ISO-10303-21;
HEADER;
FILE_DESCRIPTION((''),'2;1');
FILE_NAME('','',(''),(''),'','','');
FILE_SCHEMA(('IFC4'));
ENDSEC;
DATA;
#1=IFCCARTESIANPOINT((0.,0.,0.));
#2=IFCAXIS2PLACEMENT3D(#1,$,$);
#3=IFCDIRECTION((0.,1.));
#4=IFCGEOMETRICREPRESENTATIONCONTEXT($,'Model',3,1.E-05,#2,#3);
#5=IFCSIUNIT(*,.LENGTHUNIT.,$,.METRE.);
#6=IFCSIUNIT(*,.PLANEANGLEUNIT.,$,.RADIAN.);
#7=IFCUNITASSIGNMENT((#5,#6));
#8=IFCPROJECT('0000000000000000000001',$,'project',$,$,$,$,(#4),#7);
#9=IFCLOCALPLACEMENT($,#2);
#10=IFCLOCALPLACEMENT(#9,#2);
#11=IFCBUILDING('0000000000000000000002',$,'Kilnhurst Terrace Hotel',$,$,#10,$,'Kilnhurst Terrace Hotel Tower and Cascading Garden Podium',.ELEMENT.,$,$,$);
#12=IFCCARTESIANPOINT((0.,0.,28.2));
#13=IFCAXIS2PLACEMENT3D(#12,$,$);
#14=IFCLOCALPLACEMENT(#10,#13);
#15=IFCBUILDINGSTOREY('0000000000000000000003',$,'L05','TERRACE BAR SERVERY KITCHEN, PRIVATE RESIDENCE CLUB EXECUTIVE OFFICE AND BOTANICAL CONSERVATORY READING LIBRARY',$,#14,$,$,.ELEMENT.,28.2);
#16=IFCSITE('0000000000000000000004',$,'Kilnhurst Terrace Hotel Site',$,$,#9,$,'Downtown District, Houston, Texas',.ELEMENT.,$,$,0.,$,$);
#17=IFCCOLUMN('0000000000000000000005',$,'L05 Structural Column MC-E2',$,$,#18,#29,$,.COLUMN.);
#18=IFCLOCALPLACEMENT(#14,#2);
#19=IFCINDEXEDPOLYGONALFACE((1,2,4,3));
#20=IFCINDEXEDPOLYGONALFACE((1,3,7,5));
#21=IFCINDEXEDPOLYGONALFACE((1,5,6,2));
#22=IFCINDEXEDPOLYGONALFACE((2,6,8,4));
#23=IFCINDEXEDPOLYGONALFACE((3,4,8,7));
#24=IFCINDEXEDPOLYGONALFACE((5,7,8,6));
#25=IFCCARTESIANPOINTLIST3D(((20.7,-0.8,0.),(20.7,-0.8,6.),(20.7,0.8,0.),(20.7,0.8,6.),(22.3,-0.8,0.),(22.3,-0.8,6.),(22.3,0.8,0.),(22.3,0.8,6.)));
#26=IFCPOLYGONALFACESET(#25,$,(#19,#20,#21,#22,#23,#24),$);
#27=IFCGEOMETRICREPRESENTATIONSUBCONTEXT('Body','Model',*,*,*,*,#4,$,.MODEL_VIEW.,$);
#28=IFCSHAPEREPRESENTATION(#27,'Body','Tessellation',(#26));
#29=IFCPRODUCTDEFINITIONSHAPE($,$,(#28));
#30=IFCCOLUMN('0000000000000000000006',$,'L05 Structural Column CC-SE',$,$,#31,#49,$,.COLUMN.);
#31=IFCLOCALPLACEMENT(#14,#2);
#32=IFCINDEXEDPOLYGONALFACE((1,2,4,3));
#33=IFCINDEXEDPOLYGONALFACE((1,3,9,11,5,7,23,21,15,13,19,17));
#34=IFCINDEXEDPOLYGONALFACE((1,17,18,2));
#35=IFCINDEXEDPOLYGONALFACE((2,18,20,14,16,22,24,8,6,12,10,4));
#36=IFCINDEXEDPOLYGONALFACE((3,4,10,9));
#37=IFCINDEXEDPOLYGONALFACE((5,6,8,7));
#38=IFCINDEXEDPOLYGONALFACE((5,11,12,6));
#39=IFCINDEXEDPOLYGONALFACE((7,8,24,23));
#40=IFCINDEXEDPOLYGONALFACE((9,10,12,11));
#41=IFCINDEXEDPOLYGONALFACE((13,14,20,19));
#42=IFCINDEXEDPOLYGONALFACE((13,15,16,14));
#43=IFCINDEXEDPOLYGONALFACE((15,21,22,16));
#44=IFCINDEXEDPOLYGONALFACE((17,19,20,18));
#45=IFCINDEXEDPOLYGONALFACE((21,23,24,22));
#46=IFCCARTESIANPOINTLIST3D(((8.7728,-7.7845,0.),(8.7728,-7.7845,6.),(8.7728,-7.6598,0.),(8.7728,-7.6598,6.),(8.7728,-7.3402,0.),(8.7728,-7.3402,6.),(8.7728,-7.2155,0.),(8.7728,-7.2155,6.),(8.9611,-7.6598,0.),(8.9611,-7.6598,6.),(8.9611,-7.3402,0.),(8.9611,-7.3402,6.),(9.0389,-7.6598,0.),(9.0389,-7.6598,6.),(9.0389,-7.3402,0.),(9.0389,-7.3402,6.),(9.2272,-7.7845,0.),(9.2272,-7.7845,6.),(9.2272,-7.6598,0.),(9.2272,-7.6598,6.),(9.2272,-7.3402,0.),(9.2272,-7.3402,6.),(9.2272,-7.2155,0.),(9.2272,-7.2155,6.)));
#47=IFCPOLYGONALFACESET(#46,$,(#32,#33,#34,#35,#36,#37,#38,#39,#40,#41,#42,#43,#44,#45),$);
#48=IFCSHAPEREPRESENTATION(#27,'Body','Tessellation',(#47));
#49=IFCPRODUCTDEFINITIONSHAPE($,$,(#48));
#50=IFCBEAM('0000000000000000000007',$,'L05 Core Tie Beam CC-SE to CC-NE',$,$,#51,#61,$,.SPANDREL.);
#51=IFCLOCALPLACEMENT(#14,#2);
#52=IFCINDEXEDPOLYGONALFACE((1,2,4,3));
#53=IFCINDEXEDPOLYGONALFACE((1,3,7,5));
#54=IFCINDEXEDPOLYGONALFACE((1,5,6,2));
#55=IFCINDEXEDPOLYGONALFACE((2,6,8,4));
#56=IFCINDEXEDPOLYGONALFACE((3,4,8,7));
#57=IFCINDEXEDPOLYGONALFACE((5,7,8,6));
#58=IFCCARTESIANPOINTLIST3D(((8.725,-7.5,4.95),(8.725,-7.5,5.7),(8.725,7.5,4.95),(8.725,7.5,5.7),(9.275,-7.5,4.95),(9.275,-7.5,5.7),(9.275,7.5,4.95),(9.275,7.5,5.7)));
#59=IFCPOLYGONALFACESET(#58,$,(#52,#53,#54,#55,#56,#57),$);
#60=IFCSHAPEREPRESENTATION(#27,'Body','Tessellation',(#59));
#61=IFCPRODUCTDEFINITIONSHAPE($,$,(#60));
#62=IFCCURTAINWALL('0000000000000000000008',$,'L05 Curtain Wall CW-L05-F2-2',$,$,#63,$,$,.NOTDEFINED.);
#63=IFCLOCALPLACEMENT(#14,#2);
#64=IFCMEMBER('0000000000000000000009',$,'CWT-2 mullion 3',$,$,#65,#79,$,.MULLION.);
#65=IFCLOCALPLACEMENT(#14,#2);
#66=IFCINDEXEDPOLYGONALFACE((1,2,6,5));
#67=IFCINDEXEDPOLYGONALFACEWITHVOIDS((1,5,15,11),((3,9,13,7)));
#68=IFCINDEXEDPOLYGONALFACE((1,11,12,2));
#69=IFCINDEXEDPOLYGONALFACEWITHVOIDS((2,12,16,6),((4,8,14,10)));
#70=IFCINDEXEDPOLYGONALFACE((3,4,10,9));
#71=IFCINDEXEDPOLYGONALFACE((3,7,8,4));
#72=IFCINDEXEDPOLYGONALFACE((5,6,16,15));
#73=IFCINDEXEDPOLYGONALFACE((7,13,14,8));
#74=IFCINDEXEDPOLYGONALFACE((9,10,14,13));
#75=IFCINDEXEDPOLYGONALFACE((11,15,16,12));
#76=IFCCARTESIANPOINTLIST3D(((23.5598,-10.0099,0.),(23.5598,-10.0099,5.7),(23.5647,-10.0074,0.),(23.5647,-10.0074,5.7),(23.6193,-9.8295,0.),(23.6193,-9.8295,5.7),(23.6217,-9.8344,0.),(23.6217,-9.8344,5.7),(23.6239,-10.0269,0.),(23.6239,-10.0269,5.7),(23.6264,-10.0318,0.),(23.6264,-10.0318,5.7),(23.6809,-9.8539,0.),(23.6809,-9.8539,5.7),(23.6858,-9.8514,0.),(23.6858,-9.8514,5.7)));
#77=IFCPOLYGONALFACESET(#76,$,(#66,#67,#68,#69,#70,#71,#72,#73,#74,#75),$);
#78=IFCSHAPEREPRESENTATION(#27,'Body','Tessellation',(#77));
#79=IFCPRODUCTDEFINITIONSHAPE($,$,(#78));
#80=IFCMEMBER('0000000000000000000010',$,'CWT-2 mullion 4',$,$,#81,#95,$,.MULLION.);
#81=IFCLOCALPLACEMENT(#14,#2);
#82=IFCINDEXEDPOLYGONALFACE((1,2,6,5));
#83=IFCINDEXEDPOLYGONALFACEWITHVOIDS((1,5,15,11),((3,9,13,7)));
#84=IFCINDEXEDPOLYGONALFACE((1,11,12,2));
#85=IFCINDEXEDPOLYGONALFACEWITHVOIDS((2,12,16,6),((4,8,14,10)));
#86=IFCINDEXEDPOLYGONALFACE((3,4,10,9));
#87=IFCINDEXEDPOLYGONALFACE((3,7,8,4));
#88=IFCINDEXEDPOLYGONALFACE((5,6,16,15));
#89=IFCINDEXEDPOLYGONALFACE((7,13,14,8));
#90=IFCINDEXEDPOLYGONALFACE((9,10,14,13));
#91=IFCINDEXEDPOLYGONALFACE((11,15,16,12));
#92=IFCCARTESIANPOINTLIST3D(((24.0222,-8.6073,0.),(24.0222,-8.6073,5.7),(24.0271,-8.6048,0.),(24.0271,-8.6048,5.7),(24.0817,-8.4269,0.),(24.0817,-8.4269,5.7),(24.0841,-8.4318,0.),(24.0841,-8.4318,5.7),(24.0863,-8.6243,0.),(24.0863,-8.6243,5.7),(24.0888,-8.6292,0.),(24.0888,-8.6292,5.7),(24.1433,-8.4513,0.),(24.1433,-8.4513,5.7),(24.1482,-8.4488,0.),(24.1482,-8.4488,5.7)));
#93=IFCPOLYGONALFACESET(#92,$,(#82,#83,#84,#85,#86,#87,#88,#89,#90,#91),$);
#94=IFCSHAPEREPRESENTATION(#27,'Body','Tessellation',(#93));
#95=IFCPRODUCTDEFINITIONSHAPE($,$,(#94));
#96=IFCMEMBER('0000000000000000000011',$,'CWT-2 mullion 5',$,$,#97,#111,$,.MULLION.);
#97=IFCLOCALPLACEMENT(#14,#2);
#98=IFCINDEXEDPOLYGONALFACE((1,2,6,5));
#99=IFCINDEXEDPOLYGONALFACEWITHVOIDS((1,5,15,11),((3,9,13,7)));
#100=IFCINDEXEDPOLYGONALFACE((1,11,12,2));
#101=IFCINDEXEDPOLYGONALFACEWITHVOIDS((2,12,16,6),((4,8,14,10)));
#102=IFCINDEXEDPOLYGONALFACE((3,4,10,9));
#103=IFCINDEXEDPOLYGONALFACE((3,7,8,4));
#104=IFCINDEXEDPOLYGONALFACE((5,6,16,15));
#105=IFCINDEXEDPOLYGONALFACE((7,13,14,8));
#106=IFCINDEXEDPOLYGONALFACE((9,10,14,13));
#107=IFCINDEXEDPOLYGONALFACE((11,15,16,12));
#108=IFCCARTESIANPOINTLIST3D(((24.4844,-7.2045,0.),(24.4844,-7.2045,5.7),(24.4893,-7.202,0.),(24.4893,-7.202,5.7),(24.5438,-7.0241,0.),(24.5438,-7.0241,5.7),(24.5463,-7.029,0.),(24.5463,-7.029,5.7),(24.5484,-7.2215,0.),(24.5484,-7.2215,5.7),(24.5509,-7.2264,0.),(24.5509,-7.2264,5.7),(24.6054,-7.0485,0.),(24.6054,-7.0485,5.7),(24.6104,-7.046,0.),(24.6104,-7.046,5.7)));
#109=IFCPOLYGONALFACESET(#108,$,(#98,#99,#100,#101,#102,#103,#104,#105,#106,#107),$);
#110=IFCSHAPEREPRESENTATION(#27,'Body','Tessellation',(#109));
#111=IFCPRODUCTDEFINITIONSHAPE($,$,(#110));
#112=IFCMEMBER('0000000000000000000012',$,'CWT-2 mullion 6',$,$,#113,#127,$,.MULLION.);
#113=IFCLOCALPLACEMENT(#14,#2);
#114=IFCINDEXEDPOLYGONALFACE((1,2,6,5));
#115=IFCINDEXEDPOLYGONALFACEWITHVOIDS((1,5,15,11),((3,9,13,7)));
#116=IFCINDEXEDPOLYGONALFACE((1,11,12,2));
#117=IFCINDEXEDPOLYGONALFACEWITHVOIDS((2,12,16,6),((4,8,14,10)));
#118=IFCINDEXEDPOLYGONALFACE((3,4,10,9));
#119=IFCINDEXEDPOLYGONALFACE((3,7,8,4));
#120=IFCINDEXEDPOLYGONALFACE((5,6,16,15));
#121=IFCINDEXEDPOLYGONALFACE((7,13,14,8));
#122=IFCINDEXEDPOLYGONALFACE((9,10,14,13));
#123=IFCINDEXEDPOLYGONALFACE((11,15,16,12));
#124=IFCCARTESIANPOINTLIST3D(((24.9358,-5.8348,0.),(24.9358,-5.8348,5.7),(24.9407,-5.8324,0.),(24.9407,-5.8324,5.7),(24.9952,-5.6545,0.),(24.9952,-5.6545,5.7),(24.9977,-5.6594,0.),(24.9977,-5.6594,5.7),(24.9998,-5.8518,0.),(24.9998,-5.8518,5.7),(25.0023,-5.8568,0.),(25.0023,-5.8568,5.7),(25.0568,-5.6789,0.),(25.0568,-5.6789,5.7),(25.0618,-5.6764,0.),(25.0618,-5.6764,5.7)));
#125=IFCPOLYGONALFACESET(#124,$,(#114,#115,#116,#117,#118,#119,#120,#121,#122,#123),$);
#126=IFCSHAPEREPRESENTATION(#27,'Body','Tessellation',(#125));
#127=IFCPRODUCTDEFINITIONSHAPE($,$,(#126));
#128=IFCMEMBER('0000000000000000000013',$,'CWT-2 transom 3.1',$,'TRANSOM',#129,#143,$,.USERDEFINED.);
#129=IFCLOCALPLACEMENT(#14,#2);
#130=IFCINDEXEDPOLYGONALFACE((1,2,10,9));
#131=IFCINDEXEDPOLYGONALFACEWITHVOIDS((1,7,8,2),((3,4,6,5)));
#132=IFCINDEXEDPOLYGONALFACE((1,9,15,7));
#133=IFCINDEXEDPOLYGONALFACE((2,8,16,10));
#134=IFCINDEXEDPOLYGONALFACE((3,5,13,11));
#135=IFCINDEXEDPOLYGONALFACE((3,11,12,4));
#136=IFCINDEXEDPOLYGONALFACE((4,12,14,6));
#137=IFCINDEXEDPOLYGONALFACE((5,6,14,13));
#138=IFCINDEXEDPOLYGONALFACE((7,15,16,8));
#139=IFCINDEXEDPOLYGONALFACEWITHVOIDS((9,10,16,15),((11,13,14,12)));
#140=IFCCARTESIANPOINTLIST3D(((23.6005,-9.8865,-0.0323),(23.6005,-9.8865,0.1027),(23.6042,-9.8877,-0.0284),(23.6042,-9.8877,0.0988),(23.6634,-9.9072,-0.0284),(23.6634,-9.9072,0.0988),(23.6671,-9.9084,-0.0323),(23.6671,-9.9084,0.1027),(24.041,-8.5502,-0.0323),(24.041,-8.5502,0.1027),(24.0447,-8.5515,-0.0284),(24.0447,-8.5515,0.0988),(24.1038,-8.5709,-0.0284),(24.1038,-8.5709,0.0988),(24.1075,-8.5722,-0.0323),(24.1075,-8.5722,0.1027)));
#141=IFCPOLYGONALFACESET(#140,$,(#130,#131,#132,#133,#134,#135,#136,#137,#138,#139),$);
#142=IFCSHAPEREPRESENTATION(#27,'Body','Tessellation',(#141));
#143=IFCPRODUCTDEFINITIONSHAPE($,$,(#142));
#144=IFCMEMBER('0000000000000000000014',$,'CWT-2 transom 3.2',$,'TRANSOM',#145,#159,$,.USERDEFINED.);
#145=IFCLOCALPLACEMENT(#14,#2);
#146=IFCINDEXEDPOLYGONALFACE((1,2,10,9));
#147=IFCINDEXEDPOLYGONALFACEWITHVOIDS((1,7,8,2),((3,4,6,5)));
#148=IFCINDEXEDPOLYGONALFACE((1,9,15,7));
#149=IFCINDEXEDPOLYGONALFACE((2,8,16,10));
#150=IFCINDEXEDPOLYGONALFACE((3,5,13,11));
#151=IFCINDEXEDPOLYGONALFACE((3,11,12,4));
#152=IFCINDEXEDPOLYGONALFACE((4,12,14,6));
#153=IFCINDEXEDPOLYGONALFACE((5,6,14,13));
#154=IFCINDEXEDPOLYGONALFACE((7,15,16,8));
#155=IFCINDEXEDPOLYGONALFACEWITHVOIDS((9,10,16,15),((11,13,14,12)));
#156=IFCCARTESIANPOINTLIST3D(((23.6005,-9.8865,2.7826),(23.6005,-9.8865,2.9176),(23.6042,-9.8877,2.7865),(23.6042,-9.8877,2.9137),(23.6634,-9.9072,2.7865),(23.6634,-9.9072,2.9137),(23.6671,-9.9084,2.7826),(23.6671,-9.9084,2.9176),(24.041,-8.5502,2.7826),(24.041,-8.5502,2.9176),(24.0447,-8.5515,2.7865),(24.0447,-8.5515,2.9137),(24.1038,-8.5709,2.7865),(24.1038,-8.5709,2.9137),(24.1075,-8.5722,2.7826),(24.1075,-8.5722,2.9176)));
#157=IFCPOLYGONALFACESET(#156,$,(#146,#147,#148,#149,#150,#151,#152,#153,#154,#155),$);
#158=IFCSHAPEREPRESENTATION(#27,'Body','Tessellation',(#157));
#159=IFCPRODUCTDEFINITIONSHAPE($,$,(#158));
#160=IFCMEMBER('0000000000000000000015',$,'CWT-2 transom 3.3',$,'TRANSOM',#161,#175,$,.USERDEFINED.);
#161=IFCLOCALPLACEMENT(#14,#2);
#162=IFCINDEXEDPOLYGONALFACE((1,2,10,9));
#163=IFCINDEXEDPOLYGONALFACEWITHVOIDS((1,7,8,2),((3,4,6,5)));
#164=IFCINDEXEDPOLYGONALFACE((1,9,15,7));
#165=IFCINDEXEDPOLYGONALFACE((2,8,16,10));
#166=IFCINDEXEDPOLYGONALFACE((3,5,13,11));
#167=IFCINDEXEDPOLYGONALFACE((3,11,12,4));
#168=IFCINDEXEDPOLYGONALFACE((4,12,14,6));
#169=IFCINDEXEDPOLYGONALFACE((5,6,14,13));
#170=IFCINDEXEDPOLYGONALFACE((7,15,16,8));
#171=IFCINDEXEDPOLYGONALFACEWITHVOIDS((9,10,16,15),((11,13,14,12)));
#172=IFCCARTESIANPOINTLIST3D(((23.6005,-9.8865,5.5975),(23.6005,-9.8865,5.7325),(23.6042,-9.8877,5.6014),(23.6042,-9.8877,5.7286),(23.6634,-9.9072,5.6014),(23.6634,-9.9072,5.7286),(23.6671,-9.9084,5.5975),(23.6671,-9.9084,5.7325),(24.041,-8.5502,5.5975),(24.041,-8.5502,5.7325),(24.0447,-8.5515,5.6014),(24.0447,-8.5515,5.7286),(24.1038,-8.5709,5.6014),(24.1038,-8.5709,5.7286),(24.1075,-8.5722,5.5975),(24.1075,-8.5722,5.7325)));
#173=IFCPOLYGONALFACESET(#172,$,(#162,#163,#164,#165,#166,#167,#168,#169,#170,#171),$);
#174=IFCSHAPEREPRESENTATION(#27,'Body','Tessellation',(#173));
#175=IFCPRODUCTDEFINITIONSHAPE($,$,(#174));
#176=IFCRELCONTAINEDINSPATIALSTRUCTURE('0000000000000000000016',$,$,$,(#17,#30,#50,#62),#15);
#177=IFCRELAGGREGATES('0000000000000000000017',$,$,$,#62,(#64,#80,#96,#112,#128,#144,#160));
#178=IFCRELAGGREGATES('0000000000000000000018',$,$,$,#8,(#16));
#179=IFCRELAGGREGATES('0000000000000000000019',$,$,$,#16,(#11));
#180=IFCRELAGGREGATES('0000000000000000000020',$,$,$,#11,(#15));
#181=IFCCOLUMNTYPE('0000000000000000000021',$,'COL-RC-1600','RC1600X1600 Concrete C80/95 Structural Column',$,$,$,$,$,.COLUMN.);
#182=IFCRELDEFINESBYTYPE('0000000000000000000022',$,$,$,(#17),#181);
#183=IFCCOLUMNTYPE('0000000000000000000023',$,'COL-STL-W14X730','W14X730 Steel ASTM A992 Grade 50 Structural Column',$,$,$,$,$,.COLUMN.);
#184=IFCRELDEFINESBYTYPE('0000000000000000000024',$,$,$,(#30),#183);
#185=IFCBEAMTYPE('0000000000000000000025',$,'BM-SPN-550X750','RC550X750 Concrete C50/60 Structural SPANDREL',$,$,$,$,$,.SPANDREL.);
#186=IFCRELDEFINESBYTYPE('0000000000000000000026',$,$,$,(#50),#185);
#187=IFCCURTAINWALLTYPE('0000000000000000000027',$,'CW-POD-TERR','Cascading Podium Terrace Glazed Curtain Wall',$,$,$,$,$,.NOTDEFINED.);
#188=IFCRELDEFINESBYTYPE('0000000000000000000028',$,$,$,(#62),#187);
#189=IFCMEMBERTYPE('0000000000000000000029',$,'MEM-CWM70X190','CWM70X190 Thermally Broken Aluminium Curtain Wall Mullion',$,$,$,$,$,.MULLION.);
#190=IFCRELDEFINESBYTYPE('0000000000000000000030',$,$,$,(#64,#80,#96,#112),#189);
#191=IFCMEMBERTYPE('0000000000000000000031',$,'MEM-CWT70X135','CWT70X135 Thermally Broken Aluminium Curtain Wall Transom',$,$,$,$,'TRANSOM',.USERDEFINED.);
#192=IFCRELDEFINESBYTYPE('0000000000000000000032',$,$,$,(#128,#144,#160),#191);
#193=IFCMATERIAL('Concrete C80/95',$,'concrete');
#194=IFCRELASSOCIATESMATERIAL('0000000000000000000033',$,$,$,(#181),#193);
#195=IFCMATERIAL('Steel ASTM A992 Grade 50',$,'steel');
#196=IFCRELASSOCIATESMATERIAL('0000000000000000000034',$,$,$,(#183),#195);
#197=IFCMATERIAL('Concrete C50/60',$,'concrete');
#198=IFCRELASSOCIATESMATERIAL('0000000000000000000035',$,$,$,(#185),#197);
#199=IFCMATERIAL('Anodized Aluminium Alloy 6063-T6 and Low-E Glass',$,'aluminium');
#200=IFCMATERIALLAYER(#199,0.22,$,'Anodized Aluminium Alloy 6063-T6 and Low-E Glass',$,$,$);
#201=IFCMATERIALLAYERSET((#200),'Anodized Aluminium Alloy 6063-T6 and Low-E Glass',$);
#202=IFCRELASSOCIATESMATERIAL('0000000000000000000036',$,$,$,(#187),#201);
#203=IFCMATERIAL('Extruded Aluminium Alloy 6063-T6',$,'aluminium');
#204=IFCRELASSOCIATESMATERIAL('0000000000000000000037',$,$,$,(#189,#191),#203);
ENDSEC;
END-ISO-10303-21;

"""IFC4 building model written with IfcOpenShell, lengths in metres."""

from ifc_helpers import new_model, si_unit, direction, frame, origin, origin_2d, place, context, subcontext, project, spatial, rectangle, hollow_rectangle, i_section, extrude, material, layer, layer_set, material_profile, profile_set, type_object, element, aggregate, save


model = new_model("IFC4")

# Units and contexts
model_context = context("Model", 3, precision=1e-05, world=origin(), true_north=direction((0.0, 1.0)))
body_context = subcontext(model_context, "Body", "Model", "MODEL_VIEW")
ifc_project = project(units=[si_unit("LENGTHUNIT", "METRE"), si_unit("PLANEANGLEUNIT", "RADIAN")], contexts=[model_context])

# Site, building, storey
site_placement = place(None, origin())
site = spatial("IfcSite", under=ifc_project, at=site_placement, Name="Kilnhurst Terrace Hotel Site", LongName="Downtown District, Houston, Texas", CompositionType="ELEMENT", RefElevation=0.0)
building_placement = place(site_placement, origin())
building = spatial("IfcBuilding", under=site, at=building_placement, Name="Kilnhurst Terrace Hotel", LongName="Kilnhurst Terrace Hotel Tower and Cascading Garden Podium", CompositionType="ELEMENT")
storey_placement = place(building_placement, frame((0.0, 0.0, 28.2)))
storey = spatial("IfcBuildingStorey", under=building, at=storey_placement, Name="L05", Description="TERRACE BAR SERVERY KITCHEN, PRIVATE RESIDENCE CLUB EXECUTIVE OFFICE AND BOTANICAL CONSERVATORY READING LIBRARY", CompositionType="ELEMENT", Elevation=28.2)

# Columns
ifc_material_1 = material(Name="Concrete C80/95", Category="concrete")
ifc_material_profile_1 = material_profile(ifc_material_1, rectangle(XDim=1.6001, YDim=1.6001, at=origin_2d()), Name="RC1600X1600")
ifc_profile_set_1 = profile_set([ifc_material_profile_1], Name="Concrete C80/95")
column_type_1 = type_object("IfcColumnType", Name="COL-RC-1600", Description="RC1600X1600 Concrete C80/95 Structural Column", PredefinedType="COLUMN", material=ifc_profile_set_1)
column_1_placement = place(storey_placement, frame((21.5, 0.0, 0.0), z_axis=(0.0, 0.0, 1.0), x_axis=(1.0, 0.0, 0.0)))
element("IfcColumn", 1, at=column_1_placement, inside=storey, type_object=column_type_1, Name="L05 Structural Column MC-E2", PredefinedType="COLUMN", context=body_context, shape_type="SweptSolid", body=[
    extrude(rectangle(XDim=1.6001, YDim=1.6001, at=origin_2d()), origin(), (0.0, 0.0, 1.0), 6.0),
])
ifc_material_2 = material(Name="Steel ASTM A992 Grade 50", Category="steel")
ifc_material_profile_2 = material_profile(ifc_material_2, i_section(OverallWidth=0.4543, OverallDepth=0.5691, WebThickness=0.0779, FlangeThickness=0.1248, at=origin_2d()), Name="W14X730")
ifc_profile_set_2 = profile_set([ifc_material_profile_2], Name="Steel ASTM A992 Grade 50")
column_type_2 = type_object("IfcColumnType", Name="COL-STL-W14X730", Description="W14X730 Steel ASTM A992 Grade 50 Structural Column", PredefinedType="COLUMN", material=ifc_profile_set_2)
column_2_placement = place(storey_placement, frame((9.0, -7.5, 0.0), z_axis=(0.0, 0.0, 1.0), x_axis=(1.0, 0.0, 0.0)))
element("IfcColumn", 2, at=column_2_placement, inside=storey, type_object=column_type_2, Name="L05 Structural Column CC-SE", PredefinedType="COLUMN", context=body_context, shape_type="SweptSolid", body=[
    extrude(i_section(OverallWidth=0.4543, OverallDepth=0.5691, WebThickness=0.0779, FlangeThickness=0.1248, at=origin_2d()), origin(), (0.0, 0.0, 1.0), 6.0),
])

# Beam
ifc_material_3 = material(Name="Concrete C50/60", Category="concrete")
ifc_material_profile_3 = material_profile(ifc_material_3, rectangle(XDim=0.55, YDim=0.75, at=origin_2d()), Name="RC550X750")
ifc_profile_set_3 = profile_set([ifc_material_profile_3], Name="Concrete C50/60")
beam_type_1 = type_object("IfcBeamType", Name="BM-SPN-550X750", Description="RC550X750 Concrete C50/60 Structural SPANDREL", PredefinedType="SPANDREL", material=ifc_profile_set_3)
beam_1_placement = place(storey_placement, frame((9.0, -7.5, 5.325), z_axis=(0.0, 1.0, 0.0), x_axis=(-1.0, 0.0, 0.0)))
element("IfcBeam", 3, at=beam_1_placement, inside=storey, type_object=beam_type_1, Name="L05 Core Tie Beam CC-SE to CC-NE", PredefinedType="SPANDREL", context=body_context, shape_type="SweptSolid", body=[
    extrude(rectangle(XDim=0.55, YDim=0.75, at=origin_2d()), origin(), (0.0, 0.0, 1.0), 15.0),
])

# Curtain wall, members
ifc_material_4 = material(Name="Anodized Aluminium Alloy 6063-T6 and Low-E Glass", Category="aluminium")
ifc_layer_1 = layer(ifc_material_4, 0.22, Name="Anodized Aluminium Alloy 6063-T6 and Low-E Glass")
ifc_layer_set_1 = layer_set([ifc_layer_1], Name="Anodized Aluminium Alloy 6063-T6 and Low-E Glass")
curtain_wall_type = type_object("IfcCurtainWallType", Name="CW-POD-TERR", Description="Cascading Podium Terrace Glazed Curtain Wall", PredefinedType="NOTDEFINED", material=ifc_layer_set_1)
curtain_wall_placement = place(storey_placement, origin())
curtain_wall = element("IfcCurtainWall", 4, at=curtain_wall_placement, inside=storey, type_object=curtain_wall_type, Name="L05 Curtain Wall CW-L05-F2-2", PredefinedType="NOTDEFINED")
ifc_material_5 = material(Name="Extruded Aluminium Alloy 6063-T6", Category="aluminium")
ifc_material_profile_4 = material_profile(ifc_material_5, hollow_rectangle(XDim=0.0701, YDim=0.1899, WallThickness=0.0039, at=origin_2d()), Name="CWM70X190")
ifc_profile_set_4 = profile_set([ifc_material_profile_4], Name="Extruded Aluminium Alloy 6063-T6")
member_type_1 = type_object("IfcMemberType", Name="MEM-CWM70X190", Description="CWM70X190 Thermally Broken Aluminium Curtain Wall Mullion", PredefinedType="MULLION", material=ifc_profile_set_4)
member_1_placement = place(storey_placement, frame((23.6228, -9.9307, 0.0), z_axis=(0.0, 0.0, 1.0), x_axis=(-0.949757, 0.312988, 0.0)))
member_1 = element("IfcMember", 5, at=member_1_placement, type_object=member_type_1, Name="CWT-2 mullion 3", PredefinedType="MULLION", context=body_context, shape_type="SweptSolid", body=[
    extrude(hollow_rectangle(XDim=0.0701, YDim=0.1899, WallThickness=0.0039, at=origin_2d()), origin(), (0.0, 0.0, 1.0), 5.7),
])
member_2_placement = place(storey_placement, frame((24.0852, -8.5281, 0.0), z_axis=(0.0, 0.0, 1.0), x_axis=(-0.949757, 0.312988, 0.0)))
member_2 = element("IfcMember", 6, at=member_2_placement, type_object=member_type_1, Name="CWT-2 mullion 4", PredefinedType="MULLION", context=body_context, shape_type="SweptSolid", body=[
    extrude(hollow_rectangle(XDim=0.0701, YDim=0.1899, WallThickness=0.0039, at=origin_2d()), origin(), (0.0, 0.0, 1.0), 5.7),
])
member_3_placement = place(storey_placement, frame((24.5474, -7.1252, 0.0), z_axis=(0.0, 0.0, 1.0), x_axis=(-0.949757, 0.312988, 0.0)))
member_3 = element("IfcMember", 7, at=member_3_placement, type_object=member_type_1, Name="CWT-2 mullion 5", PredefinedType="MULLION", context=body_context, shape_type="SweptSolid", body=[
    extrude(hollow_rectangle(XDim=0.0701, YDim=0.1899, WallThickness=0.0039, at=origin_2d()), origin(), (0.0, 0.0, 1.0), 5.7),
])
member_4_placement = place(storey_placement, frame((24.9988, -5.7556, 0.0), z_axis=(0.0, 0.0, 1.0), x_axis=(-0.949757, 0.312988, 0.0)))
member_4 = element("IfcMember", 8, at=member_4_placement, type_object=member_type_1, Name="CWT-2 mullion 6", PredefinedType="MULLION", context=body_context, shape_type="SweptSolid", body=[
    extrude(hollow_rectangle(XDim=0.0701, YDim=0.1899, WallThickness=0.0039, at=origin_2d()), origin(), (0.0, 0.0, 1.0), 5.7),
])
ifc_material_profile_5 = material_profile(ifc_material_5, hollow_rectangle(XDim=0.0701, YDim=0.135, WallThickness=0.0039, at=origin_2d()), Name="CWT70X135")
ifc_profile_set_5 = profile_set([ifc_material_profile_5], Name="Extruded Aluminium Alloy 6063-T6")
member_type_2 = type_object("IfcMemberType", Name="MEM-CWT70X135", Description="CWT70X135 Thermally Broken Aluminium Curtain Wall Transom", ElementType="TRANSOM", PredefinedType="USERDEFINED", material=ifc_profile_set_5)
member_5_placement = place(storey_placement, frame((23.6338, -9.8975, 0.0352), z_axis=(0.31305, 0.949737, 0.0), x_axis=(-0.949737, 0.31305, 0.0)))
member_5 = element("IfcMember", 9, at=member_5_placement, type_object=member_type_2, Name="CWT-2 transom 3.1", ObjectType="TRANSOM", PredefinedType="USERDEFINED", context=body_context, shape_type="SweptSolid", body=[
    extrude(hollow_rectangle(XDim=0.0701, YDim=0.135, WallThickness=0.0039, at=origin_2d()), origin(), (0.0, 0.0, 1.0), 1.407),
])
member_6_placement = place(storey_placement, frame((23.6338, -9.8975, 2.8501), z_axis=(0.31305, 0.949737, 0.0), x_axis=(-0.949737, 0.31305, 0.0)))
member_6 = element("IfcMember", 10, at=member_6_placement, type_object=member_type_2, Name="CWT-2 transom 3.2", ObjectType="TRANSOM", PredefinedType="USERDEFINED", context=body_context, shape_type="SweptSolid", body=[
    extrude(hollow_rectangle(XDim=0.0701, YDim=0.135, WallThickness=0.0039, at=origin_2d()), origin(), (0.0, 0.0, 1.0), 1.407),
])
member_7_placement = place(storey_placement, frame((23.6338, -9.8975, 5.665), z_axis=(0.31305, 0.949737, 0.0), x_axis=(-0.949737, 0.31305, 0.0)))
member_7 = element("IfcMember", 11, at=member_7_placement, type_object=member_type_2, Name="CWT-2 transom 3.3", ObjectType="TRANSOM", PredefinedType="USERDEFINED", context=body_context, shape_type="SweptSolid", body=[
    extrude(hollow_rectangle(XDim=0.0701, YDim=0.135, WallThickness=0.0039, at=origin_2d()), origin(), (0.0, 0.0, 1.0), 1.407),
])

aggregate(curtain_wall, [member_1, member_2, member_3, member_4, member_5, member_6, member_7])

save(model, "model.ifc")
